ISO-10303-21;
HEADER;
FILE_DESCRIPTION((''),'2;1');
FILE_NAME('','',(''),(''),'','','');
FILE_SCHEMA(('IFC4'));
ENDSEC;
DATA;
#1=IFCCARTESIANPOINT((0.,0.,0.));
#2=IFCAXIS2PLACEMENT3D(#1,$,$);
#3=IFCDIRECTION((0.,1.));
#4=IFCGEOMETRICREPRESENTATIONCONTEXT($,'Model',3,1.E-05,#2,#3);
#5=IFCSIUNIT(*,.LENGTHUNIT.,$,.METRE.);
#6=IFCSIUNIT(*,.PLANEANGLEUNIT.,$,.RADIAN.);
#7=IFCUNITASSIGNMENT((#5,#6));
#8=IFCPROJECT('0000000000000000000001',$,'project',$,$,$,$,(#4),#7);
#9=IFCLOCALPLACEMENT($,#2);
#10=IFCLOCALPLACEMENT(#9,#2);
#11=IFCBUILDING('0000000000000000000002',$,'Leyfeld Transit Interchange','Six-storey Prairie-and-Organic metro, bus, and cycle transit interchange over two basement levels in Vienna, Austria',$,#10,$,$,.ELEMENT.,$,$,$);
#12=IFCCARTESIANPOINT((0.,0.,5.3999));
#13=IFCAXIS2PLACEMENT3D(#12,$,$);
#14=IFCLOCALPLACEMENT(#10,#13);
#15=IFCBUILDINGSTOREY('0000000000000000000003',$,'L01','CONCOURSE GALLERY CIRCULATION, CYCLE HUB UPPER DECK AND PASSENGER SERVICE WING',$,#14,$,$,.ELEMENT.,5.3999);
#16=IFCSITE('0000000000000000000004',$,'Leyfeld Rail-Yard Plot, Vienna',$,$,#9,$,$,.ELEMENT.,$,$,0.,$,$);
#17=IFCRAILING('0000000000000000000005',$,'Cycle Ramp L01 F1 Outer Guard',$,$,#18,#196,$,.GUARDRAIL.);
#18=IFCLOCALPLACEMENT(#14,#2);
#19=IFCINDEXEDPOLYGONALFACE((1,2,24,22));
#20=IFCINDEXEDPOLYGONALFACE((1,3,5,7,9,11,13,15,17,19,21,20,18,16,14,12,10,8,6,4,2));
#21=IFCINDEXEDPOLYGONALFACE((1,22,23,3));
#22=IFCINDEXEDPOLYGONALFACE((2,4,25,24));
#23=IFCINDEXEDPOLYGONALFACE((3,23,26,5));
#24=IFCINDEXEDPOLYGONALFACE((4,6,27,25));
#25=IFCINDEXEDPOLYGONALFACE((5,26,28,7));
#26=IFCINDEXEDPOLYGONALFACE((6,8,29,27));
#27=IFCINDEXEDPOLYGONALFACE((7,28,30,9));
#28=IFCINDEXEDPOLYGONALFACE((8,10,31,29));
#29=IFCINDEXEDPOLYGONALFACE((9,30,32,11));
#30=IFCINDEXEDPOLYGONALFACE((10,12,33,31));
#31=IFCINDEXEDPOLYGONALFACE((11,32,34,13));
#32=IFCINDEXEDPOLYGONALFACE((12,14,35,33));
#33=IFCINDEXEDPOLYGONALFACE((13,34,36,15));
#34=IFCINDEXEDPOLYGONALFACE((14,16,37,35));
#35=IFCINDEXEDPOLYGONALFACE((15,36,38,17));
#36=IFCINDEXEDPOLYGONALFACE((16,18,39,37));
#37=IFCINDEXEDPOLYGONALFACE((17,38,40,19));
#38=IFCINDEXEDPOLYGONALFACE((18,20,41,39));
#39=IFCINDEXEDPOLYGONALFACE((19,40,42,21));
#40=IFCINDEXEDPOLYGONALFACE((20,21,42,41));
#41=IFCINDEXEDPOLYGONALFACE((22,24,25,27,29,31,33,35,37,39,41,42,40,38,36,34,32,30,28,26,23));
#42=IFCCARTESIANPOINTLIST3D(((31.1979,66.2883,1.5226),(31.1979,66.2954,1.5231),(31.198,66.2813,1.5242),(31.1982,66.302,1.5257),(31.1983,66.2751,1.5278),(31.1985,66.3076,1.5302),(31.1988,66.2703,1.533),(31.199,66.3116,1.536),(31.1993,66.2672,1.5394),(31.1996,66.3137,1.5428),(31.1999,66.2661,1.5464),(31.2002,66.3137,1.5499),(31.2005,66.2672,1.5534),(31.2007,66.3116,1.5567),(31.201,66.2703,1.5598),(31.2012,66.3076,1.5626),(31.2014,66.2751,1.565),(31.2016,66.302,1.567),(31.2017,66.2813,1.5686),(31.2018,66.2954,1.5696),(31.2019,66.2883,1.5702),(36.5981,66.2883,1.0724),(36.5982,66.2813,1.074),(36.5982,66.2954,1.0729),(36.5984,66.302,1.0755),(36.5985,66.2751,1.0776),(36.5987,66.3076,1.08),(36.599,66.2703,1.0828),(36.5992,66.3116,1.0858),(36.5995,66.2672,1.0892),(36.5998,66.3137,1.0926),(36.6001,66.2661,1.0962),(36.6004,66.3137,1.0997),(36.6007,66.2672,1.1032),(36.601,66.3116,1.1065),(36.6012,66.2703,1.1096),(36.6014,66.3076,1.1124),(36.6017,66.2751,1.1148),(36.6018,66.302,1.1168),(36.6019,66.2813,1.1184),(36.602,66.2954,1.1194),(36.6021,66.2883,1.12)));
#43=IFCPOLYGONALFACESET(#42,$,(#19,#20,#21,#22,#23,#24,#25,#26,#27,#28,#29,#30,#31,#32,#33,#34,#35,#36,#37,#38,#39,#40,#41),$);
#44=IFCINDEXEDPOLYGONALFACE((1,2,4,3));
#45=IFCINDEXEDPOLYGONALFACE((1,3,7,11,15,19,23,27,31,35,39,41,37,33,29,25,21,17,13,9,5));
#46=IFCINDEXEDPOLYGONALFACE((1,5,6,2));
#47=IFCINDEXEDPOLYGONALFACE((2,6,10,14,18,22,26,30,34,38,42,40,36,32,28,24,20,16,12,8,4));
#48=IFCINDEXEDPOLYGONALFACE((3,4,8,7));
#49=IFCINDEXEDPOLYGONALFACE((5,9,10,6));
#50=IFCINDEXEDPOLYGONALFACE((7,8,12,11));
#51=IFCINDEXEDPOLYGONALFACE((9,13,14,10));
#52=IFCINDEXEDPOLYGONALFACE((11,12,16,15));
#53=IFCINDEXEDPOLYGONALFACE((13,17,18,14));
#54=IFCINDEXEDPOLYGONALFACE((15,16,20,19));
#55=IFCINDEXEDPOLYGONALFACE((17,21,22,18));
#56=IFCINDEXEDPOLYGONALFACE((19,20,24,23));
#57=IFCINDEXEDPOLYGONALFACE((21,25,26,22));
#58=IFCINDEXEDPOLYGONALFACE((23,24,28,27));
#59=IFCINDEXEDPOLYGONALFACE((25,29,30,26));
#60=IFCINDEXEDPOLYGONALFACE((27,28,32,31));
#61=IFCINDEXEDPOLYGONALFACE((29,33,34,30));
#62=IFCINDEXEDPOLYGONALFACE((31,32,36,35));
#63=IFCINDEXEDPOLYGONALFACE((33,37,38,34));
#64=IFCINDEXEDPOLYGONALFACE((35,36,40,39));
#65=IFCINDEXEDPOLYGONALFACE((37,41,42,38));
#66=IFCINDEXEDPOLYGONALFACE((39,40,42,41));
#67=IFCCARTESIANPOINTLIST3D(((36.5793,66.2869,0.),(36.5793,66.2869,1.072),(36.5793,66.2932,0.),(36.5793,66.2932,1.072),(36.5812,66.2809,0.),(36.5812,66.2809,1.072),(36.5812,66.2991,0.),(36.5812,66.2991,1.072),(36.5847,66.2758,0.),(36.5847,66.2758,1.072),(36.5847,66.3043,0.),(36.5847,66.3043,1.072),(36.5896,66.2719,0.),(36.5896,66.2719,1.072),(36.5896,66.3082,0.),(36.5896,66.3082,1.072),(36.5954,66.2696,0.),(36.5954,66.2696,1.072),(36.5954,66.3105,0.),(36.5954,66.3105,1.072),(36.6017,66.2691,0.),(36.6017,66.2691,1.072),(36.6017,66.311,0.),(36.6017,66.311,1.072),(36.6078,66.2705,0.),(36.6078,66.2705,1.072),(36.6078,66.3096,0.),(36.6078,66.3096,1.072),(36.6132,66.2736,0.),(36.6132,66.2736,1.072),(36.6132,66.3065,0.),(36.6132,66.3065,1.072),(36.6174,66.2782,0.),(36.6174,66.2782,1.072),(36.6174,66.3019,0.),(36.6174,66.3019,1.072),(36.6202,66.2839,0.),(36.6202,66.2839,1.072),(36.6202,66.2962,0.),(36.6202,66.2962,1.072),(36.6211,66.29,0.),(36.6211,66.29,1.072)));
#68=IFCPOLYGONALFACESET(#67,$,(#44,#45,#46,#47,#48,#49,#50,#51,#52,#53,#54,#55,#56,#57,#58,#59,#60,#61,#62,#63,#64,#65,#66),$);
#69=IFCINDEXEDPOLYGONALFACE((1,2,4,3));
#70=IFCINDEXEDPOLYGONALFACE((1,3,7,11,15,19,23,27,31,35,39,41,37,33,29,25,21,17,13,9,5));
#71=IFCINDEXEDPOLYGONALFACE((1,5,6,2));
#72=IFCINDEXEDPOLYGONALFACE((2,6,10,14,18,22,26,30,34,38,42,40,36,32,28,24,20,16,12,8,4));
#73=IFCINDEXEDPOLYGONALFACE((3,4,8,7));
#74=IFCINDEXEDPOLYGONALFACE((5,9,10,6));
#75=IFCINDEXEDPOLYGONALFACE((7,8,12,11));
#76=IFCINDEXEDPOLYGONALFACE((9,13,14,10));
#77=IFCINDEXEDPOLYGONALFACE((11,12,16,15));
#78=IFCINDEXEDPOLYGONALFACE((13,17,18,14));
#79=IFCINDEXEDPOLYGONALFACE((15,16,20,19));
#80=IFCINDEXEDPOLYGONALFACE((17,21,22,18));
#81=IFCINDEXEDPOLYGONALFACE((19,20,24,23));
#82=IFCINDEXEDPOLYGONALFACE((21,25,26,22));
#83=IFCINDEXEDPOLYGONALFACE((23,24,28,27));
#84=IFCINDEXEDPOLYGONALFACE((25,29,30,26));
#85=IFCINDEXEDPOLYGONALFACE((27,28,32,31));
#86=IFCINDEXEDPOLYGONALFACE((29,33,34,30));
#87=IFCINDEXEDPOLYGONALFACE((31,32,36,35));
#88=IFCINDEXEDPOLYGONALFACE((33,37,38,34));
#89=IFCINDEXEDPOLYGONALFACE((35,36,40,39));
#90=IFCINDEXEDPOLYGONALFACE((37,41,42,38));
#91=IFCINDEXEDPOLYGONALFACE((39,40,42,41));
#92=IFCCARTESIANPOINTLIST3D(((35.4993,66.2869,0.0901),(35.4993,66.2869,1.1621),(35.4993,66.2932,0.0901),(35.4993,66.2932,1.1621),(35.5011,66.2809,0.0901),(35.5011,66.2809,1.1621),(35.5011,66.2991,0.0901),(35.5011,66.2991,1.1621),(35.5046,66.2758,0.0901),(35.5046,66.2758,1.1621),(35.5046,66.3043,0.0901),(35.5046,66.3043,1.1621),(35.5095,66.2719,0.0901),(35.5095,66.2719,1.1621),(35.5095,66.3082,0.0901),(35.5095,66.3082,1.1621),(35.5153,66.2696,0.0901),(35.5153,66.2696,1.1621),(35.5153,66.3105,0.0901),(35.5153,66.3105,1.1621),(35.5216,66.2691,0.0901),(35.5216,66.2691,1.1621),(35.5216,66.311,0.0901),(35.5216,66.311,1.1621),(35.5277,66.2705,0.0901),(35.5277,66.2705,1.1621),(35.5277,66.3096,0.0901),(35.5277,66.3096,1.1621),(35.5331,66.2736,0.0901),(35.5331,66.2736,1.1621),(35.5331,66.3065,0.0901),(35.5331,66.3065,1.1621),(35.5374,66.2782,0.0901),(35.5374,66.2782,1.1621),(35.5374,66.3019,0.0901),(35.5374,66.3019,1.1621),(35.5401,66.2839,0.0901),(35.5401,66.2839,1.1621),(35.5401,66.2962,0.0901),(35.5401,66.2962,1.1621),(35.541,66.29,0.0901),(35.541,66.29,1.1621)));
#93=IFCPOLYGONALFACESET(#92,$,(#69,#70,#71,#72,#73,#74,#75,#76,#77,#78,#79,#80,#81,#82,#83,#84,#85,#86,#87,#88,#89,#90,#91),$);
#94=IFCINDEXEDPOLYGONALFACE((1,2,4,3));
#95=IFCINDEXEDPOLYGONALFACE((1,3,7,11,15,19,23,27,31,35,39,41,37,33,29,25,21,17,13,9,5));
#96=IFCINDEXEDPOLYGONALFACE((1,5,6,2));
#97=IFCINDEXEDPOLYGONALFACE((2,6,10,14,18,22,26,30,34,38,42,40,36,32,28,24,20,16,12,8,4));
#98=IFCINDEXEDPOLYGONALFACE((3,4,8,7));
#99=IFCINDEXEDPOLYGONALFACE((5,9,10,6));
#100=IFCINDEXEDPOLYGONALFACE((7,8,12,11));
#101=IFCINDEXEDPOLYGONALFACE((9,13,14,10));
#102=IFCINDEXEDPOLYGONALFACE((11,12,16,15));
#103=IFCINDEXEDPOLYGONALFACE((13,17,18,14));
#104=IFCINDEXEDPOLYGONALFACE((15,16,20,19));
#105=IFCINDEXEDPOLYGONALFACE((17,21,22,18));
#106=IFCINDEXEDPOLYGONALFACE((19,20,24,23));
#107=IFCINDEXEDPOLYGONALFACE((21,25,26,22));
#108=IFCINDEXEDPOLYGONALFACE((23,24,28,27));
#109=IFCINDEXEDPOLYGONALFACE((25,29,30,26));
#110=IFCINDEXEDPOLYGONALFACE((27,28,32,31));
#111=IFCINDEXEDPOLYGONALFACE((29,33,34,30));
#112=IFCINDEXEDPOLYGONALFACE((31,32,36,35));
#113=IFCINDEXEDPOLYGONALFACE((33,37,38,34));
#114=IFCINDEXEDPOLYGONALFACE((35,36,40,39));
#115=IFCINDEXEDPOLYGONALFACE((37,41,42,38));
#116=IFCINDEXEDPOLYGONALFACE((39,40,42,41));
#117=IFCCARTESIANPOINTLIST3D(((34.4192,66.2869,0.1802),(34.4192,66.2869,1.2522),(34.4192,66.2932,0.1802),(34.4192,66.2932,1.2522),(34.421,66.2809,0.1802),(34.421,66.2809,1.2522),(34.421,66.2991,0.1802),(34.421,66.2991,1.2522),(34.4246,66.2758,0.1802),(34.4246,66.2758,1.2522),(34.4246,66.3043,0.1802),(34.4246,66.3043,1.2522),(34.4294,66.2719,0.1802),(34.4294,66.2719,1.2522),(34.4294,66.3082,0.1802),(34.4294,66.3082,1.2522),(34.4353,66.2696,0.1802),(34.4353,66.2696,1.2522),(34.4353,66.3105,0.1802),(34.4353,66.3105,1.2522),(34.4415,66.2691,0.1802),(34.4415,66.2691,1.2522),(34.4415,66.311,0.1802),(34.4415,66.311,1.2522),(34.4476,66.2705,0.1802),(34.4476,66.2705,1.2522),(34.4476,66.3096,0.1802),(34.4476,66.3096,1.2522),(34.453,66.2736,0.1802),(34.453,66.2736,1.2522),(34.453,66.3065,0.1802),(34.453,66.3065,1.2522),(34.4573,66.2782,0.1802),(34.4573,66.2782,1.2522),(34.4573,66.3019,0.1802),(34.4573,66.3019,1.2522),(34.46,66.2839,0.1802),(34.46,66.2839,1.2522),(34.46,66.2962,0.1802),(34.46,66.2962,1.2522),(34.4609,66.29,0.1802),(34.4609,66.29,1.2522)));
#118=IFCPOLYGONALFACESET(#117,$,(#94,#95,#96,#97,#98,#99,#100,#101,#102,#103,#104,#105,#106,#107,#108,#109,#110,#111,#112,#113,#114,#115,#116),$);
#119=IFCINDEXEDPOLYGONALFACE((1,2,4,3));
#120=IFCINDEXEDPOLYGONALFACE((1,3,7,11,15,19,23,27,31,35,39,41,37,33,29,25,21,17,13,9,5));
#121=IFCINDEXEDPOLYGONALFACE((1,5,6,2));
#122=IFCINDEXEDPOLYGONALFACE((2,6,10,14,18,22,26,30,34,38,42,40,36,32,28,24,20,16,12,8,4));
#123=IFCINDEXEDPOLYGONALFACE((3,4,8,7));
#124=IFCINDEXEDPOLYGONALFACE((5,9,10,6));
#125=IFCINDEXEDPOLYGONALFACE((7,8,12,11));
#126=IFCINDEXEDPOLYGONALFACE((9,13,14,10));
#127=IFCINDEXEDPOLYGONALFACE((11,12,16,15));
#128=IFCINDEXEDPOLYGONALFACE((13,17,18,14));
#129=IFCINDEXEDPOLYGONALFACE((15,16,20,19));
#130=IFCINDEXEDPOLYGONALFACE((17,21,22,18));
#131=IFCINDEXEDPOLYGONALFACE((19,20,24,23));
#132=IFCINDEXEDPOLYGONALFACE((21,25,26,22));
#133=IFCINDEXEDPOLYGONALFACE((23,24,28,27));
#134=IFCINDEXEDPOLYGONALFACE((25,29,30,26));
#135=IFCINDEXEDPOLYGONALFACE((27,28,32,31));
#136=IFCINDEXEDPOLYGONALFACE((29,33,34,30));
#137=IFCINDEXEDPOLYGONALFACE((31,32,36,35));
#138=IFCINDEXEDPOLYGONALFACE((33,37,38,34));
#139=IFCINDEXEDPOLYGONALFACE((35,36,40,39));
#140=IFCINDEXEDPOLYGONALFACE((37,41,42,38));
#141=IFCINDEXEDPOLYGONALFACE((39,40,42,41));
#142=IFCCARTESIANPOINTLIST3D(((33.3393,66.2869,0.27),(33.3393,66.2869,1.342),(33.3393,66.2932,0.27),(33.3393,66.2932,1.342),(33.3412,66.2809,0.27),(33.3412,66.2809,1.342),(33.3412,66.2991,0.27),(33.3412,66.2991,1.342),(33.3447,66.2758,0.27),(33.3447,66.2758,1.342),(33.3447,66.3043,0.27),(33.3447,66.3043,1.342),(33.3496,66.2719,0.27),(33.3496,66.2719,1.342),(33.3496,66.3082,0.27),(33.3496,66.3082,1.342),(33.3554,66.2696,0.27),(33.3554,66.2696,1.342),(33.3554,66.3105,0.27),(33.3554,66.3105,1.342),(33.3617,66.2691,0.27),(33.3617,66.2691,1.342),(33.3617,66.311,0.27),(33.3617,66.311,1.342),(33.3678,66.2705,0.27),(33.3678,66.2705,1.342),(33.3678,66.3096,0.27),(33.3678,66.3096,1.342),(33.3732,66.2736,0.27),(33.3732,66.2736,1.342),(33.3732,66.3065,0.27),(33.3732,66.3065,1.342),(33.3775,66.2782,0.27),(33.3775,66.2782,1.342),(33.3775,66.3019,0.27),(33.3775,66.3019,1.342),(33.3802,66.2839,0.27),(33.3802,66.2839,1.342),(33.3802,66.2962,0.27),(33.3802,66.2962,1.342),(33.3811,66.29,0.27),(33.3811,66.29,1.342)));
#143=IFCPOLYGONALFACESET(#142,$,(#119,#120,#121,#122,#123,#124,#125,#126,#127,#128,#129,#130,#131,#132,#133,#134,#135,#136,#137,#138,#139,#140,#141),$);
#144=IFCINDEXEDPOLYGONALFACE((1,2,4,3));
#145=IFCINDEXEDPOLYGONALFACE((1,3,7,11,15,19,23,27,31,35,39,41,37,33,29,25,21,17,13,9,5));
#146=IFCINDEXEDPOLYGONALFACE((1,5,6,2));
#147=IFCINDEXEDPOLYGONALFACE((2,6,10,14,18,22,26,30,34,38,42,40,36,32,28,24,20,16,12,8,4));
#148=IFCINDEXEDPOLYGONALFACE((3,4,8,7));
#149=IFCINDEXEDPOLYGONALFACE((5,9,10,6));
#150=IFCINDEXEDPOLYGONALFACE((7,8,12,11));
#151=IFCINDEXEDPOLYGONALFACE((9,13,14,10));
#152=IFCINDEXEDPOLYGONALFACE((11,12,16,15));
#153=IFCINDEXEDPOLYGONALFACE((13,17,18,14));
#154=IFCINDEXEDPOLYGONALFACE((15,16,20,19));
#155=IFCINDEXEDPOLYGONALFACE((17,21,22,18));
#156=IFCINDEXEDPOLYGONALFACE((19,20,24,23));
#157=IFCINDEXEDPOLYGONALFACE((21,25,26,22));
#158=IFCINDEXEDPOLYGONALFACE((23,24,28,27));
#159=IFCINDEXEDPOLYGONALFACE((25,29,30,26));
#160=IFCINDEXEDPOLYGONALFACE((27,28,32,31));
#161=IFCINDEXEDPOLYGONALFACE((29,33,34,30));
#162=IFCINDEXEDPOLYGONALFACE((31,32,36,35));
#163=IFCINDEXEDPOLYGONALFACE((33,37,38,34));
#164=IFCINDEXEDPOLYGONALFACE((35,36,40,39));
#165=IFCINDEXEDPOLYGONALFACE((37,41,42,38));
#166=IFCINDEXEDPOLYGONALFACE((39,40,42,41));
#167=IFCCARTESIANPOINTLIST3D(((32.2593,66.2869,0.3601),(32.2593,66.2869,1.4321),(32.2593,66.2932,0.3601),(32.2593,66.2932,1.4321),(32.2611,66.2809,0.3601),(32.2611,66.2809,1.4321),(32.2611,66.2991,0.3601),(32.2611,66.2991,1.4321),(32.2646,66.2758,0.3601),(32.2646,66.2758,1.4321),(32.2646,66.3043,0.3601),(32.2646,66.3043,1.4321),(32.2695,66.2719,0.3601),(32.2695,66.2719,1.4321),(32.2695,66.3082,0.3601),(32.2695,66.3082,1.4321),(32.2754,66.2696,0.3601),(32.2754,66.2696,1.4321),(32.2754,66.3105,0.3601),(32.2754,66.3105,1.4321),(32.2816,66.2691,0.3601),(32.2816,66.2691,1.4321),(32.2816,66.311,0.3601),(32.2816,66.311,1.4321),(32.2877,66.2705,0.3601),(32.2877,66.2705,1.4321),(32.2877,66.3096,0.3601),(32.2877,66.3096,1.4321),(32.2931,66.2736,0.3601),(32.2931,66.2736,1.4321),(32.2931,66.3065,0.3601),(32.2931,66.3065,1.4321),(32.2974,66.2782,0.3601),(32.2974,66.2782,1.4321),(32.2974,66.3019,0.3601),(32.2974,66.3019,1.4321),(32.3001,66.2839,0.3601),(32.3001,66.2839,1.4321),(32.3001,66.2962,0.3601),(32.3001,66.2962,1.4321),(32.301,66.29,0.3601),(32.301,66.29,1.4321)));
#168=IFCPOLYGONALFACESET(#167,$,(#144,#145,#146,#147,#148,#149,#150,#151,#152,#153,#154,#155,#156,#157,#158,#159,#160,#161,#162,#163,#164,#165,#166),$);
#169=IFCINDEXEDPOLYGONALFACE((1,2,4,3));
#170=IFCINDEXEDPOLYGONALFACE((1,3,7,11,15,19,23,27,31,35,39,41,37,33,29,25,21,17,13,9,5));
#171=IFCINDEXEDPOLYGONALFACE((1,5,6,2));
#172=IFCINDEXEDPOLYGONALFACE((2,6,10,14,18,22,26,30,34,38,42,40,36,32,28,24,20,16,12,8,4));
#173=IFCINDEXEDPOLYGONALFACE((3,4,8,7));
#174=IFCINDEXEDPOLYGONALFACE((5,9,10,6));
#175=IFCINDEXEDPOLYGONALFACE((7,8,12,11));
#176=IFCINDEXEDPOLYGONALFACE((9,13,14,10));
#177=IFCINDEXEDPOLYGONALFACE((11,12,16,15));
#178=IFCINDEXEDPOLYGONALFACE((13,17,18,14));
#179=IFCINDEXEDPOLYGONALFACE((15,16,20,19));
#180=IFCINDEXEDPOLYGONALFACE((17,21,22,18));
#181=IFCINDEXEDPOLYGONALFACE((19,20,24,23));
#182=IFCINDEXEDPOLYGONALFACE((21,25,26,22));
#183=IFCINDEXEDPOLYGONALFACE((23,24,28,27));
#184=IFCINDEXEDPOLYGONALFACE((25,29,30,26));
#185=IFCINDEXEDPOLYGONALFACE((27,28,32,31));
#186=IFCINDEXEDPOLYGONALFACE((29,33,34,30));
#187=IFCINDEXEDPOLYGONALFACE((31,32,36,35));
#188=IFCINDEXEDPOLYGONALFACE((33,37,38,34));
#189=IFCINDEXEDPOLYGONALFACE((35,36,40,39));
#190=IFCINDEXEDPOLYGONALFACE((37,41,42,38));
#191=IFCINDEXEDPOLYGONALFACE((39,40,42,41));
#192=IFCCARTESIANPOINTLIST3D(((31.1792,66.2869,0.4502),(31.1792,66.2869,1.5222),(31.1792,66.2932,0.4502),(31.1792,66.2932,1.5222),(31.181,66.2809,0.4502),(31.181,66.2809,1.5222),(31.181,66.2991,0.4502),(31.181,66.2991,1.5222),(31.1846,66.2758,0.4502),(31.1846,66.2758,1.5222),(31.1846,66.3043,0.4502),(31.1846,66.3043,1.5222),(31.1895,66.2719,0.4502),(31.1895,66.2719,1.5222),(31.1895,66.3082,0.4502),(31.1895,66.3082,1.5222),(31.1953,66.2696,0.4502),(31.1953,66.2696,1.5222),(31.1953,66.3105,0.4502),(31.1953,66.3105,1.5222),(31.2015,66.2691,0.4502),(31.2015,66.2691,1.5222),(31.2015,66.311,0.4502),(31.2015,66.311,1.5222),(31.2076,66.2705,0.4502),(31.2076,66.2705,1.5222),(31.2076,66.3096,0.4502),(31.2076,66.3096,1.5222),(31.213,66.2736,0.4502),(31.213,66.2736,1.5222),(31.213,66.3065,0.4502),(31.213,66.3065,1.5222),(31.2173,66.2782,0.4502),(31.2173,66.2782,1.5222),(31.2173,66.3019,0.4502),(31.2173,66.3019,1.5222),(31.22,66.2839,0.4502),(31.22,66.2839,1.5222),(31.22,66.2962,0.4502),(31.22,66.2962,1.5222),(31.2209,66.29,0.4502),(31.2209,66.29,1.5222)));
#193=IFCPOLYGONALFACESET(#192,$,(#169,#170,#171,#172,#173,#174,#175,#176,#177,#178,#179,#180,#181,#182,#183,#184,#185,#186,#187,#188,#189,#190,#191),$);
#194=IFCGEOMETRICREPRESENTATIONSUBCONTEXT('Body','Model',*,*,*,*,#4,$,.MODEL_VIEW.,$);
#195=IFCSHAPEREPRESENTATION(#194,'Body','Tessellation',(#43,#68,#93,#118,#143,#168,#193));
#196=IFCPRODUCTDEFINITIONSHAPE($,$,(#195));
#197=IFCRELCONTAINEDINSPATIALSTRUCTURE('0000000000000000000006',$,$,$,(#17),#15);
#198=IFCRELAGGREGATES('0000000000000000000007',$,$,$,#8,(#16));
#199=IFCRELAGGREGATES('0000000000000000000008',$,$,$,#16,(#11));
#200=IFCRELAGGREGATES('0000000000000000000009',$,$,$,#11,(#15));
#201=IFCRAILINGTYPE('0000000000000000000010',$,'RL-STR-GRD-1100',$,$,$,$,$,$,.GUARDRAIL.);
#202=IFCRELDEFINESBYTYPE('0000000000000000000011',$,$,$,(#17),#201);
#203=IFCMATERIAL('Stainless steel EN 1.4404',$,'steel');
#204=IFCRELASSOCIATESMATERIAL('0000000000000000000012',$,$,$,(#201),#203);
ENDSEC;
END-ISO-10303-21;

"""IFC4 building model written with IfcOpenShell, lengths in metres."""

from ifc_helpers import new_model, si_unit, direction, frame, origin, origin_2d, place, context, subcontext, project, spatial, circle, extrude, material, type_object, element, save


model = new_model("IFC4")

# Units and contexts
model_context = context("Model", 3, precision=1e-05, world=origin(), true_north=direction((0.0, 1.0)))
body_context = subcontext(model_context, "Body", "Model", "MODEL_VIEW")
ifc_project = project(units=[si_unit("LENGTHUNIT", "METRE"), si_unit("PLANEANGLEUNIT", "RADIAN")], contexts=[model_context])

# Site, building, storey
site_placement = place(None, origin())
site = spatial("IfcSite", under=ifc_project, at=site_placement, Name="Leyfeld Rail-Yard Plot, Vienna", CompositionType="ELEMENT", RefElevation=0.0)
building_placement = place(site_placement, origin())
building = spatial("IfcBuilding", under=site, at=building_placement, Name="Leyfeld Transit Interchange", Description="Six-storey Prairie-and-Organic metro, bus, and cycle transit interchange over two basement levels in Vienna, Austria", CompositionType="ELEMENT")
storey_placement = place(building_placement, frame((0.0, 0.0, 5.3999)))
storey = spatial("IfcBuildingStorey", under=building, at=storey_placement, Name="L01", Description="CONCOURSE GALLERY CIRCULATION, CYCLE HUB UPPER DECK AND PASSENGER SERVICE WING", CompositionType="ELEMENT", Elevation=5.3999)

# Railing
ifc_material_1 = material(Name="Stainless steel EN 1.4404", Category="steel")
railing_type_1 = type_object("IfcRailingType", Name="RL-STR-GRD-1100", PredefinedType="GUARDRAIL", material=ifc_material_1)
railing_1_placement = place(storey_placement, frame((36.6001, 66.29, 0.0)))
element("IfcRailing", 1, at=railing_1_placement, inside=storey, type_object=railing_type_1, Name="Cycle Ramp L01 F1 Outer Guard", PredefinedType="GUARDRAIL", context=body_context, shape_type="SweptSolid", body=[
    extrude(circle(Radius=0.0239, at=origin_2d()), frame((0.0, 0.0, 1.0962), z_axis=(-0.996543, 0.0, 0.083079), x_axis=(0.0, -1.0, 0.0)), (0.0, 0.0, 1.0), 5.4189),
    extrude(circle(Radius=0.021, at=origin_2d()), origin(), (0.0, 0.0, 1.0), 1.072),
    extrude(circle(Radius=0.021, at=origin_2d()), frame((-1.0801, 0.0, 0.0901)), (0.0, 0.0, 1.0), 1.072),
    extrude(circle(Radius=0.021, at=origin_2d()), frame((-2.1602, 0.0, 0.1802)), (0.0, 0.0, 1.0), 1.072),
    extrude(circle(Radius=0.021, at=origin_2d()), frame((-3.24, 0.0, 0.27)), (0.0, 0.0, 1.0), 1.072),
    extrude(circle(Radius=0.021, at=origin_2d()), frame((-4.3201, 0.0, 0.3601)), (0.0, 0.0, 1.0), 1.072),
    extrude(circle(Radius=0.021, at=origin_2d()), frame((-5.4001, 0.0, 0.4502)), (0.0, 0.0, 1.0), 1.072),
])

save(model, "model.ifc")
